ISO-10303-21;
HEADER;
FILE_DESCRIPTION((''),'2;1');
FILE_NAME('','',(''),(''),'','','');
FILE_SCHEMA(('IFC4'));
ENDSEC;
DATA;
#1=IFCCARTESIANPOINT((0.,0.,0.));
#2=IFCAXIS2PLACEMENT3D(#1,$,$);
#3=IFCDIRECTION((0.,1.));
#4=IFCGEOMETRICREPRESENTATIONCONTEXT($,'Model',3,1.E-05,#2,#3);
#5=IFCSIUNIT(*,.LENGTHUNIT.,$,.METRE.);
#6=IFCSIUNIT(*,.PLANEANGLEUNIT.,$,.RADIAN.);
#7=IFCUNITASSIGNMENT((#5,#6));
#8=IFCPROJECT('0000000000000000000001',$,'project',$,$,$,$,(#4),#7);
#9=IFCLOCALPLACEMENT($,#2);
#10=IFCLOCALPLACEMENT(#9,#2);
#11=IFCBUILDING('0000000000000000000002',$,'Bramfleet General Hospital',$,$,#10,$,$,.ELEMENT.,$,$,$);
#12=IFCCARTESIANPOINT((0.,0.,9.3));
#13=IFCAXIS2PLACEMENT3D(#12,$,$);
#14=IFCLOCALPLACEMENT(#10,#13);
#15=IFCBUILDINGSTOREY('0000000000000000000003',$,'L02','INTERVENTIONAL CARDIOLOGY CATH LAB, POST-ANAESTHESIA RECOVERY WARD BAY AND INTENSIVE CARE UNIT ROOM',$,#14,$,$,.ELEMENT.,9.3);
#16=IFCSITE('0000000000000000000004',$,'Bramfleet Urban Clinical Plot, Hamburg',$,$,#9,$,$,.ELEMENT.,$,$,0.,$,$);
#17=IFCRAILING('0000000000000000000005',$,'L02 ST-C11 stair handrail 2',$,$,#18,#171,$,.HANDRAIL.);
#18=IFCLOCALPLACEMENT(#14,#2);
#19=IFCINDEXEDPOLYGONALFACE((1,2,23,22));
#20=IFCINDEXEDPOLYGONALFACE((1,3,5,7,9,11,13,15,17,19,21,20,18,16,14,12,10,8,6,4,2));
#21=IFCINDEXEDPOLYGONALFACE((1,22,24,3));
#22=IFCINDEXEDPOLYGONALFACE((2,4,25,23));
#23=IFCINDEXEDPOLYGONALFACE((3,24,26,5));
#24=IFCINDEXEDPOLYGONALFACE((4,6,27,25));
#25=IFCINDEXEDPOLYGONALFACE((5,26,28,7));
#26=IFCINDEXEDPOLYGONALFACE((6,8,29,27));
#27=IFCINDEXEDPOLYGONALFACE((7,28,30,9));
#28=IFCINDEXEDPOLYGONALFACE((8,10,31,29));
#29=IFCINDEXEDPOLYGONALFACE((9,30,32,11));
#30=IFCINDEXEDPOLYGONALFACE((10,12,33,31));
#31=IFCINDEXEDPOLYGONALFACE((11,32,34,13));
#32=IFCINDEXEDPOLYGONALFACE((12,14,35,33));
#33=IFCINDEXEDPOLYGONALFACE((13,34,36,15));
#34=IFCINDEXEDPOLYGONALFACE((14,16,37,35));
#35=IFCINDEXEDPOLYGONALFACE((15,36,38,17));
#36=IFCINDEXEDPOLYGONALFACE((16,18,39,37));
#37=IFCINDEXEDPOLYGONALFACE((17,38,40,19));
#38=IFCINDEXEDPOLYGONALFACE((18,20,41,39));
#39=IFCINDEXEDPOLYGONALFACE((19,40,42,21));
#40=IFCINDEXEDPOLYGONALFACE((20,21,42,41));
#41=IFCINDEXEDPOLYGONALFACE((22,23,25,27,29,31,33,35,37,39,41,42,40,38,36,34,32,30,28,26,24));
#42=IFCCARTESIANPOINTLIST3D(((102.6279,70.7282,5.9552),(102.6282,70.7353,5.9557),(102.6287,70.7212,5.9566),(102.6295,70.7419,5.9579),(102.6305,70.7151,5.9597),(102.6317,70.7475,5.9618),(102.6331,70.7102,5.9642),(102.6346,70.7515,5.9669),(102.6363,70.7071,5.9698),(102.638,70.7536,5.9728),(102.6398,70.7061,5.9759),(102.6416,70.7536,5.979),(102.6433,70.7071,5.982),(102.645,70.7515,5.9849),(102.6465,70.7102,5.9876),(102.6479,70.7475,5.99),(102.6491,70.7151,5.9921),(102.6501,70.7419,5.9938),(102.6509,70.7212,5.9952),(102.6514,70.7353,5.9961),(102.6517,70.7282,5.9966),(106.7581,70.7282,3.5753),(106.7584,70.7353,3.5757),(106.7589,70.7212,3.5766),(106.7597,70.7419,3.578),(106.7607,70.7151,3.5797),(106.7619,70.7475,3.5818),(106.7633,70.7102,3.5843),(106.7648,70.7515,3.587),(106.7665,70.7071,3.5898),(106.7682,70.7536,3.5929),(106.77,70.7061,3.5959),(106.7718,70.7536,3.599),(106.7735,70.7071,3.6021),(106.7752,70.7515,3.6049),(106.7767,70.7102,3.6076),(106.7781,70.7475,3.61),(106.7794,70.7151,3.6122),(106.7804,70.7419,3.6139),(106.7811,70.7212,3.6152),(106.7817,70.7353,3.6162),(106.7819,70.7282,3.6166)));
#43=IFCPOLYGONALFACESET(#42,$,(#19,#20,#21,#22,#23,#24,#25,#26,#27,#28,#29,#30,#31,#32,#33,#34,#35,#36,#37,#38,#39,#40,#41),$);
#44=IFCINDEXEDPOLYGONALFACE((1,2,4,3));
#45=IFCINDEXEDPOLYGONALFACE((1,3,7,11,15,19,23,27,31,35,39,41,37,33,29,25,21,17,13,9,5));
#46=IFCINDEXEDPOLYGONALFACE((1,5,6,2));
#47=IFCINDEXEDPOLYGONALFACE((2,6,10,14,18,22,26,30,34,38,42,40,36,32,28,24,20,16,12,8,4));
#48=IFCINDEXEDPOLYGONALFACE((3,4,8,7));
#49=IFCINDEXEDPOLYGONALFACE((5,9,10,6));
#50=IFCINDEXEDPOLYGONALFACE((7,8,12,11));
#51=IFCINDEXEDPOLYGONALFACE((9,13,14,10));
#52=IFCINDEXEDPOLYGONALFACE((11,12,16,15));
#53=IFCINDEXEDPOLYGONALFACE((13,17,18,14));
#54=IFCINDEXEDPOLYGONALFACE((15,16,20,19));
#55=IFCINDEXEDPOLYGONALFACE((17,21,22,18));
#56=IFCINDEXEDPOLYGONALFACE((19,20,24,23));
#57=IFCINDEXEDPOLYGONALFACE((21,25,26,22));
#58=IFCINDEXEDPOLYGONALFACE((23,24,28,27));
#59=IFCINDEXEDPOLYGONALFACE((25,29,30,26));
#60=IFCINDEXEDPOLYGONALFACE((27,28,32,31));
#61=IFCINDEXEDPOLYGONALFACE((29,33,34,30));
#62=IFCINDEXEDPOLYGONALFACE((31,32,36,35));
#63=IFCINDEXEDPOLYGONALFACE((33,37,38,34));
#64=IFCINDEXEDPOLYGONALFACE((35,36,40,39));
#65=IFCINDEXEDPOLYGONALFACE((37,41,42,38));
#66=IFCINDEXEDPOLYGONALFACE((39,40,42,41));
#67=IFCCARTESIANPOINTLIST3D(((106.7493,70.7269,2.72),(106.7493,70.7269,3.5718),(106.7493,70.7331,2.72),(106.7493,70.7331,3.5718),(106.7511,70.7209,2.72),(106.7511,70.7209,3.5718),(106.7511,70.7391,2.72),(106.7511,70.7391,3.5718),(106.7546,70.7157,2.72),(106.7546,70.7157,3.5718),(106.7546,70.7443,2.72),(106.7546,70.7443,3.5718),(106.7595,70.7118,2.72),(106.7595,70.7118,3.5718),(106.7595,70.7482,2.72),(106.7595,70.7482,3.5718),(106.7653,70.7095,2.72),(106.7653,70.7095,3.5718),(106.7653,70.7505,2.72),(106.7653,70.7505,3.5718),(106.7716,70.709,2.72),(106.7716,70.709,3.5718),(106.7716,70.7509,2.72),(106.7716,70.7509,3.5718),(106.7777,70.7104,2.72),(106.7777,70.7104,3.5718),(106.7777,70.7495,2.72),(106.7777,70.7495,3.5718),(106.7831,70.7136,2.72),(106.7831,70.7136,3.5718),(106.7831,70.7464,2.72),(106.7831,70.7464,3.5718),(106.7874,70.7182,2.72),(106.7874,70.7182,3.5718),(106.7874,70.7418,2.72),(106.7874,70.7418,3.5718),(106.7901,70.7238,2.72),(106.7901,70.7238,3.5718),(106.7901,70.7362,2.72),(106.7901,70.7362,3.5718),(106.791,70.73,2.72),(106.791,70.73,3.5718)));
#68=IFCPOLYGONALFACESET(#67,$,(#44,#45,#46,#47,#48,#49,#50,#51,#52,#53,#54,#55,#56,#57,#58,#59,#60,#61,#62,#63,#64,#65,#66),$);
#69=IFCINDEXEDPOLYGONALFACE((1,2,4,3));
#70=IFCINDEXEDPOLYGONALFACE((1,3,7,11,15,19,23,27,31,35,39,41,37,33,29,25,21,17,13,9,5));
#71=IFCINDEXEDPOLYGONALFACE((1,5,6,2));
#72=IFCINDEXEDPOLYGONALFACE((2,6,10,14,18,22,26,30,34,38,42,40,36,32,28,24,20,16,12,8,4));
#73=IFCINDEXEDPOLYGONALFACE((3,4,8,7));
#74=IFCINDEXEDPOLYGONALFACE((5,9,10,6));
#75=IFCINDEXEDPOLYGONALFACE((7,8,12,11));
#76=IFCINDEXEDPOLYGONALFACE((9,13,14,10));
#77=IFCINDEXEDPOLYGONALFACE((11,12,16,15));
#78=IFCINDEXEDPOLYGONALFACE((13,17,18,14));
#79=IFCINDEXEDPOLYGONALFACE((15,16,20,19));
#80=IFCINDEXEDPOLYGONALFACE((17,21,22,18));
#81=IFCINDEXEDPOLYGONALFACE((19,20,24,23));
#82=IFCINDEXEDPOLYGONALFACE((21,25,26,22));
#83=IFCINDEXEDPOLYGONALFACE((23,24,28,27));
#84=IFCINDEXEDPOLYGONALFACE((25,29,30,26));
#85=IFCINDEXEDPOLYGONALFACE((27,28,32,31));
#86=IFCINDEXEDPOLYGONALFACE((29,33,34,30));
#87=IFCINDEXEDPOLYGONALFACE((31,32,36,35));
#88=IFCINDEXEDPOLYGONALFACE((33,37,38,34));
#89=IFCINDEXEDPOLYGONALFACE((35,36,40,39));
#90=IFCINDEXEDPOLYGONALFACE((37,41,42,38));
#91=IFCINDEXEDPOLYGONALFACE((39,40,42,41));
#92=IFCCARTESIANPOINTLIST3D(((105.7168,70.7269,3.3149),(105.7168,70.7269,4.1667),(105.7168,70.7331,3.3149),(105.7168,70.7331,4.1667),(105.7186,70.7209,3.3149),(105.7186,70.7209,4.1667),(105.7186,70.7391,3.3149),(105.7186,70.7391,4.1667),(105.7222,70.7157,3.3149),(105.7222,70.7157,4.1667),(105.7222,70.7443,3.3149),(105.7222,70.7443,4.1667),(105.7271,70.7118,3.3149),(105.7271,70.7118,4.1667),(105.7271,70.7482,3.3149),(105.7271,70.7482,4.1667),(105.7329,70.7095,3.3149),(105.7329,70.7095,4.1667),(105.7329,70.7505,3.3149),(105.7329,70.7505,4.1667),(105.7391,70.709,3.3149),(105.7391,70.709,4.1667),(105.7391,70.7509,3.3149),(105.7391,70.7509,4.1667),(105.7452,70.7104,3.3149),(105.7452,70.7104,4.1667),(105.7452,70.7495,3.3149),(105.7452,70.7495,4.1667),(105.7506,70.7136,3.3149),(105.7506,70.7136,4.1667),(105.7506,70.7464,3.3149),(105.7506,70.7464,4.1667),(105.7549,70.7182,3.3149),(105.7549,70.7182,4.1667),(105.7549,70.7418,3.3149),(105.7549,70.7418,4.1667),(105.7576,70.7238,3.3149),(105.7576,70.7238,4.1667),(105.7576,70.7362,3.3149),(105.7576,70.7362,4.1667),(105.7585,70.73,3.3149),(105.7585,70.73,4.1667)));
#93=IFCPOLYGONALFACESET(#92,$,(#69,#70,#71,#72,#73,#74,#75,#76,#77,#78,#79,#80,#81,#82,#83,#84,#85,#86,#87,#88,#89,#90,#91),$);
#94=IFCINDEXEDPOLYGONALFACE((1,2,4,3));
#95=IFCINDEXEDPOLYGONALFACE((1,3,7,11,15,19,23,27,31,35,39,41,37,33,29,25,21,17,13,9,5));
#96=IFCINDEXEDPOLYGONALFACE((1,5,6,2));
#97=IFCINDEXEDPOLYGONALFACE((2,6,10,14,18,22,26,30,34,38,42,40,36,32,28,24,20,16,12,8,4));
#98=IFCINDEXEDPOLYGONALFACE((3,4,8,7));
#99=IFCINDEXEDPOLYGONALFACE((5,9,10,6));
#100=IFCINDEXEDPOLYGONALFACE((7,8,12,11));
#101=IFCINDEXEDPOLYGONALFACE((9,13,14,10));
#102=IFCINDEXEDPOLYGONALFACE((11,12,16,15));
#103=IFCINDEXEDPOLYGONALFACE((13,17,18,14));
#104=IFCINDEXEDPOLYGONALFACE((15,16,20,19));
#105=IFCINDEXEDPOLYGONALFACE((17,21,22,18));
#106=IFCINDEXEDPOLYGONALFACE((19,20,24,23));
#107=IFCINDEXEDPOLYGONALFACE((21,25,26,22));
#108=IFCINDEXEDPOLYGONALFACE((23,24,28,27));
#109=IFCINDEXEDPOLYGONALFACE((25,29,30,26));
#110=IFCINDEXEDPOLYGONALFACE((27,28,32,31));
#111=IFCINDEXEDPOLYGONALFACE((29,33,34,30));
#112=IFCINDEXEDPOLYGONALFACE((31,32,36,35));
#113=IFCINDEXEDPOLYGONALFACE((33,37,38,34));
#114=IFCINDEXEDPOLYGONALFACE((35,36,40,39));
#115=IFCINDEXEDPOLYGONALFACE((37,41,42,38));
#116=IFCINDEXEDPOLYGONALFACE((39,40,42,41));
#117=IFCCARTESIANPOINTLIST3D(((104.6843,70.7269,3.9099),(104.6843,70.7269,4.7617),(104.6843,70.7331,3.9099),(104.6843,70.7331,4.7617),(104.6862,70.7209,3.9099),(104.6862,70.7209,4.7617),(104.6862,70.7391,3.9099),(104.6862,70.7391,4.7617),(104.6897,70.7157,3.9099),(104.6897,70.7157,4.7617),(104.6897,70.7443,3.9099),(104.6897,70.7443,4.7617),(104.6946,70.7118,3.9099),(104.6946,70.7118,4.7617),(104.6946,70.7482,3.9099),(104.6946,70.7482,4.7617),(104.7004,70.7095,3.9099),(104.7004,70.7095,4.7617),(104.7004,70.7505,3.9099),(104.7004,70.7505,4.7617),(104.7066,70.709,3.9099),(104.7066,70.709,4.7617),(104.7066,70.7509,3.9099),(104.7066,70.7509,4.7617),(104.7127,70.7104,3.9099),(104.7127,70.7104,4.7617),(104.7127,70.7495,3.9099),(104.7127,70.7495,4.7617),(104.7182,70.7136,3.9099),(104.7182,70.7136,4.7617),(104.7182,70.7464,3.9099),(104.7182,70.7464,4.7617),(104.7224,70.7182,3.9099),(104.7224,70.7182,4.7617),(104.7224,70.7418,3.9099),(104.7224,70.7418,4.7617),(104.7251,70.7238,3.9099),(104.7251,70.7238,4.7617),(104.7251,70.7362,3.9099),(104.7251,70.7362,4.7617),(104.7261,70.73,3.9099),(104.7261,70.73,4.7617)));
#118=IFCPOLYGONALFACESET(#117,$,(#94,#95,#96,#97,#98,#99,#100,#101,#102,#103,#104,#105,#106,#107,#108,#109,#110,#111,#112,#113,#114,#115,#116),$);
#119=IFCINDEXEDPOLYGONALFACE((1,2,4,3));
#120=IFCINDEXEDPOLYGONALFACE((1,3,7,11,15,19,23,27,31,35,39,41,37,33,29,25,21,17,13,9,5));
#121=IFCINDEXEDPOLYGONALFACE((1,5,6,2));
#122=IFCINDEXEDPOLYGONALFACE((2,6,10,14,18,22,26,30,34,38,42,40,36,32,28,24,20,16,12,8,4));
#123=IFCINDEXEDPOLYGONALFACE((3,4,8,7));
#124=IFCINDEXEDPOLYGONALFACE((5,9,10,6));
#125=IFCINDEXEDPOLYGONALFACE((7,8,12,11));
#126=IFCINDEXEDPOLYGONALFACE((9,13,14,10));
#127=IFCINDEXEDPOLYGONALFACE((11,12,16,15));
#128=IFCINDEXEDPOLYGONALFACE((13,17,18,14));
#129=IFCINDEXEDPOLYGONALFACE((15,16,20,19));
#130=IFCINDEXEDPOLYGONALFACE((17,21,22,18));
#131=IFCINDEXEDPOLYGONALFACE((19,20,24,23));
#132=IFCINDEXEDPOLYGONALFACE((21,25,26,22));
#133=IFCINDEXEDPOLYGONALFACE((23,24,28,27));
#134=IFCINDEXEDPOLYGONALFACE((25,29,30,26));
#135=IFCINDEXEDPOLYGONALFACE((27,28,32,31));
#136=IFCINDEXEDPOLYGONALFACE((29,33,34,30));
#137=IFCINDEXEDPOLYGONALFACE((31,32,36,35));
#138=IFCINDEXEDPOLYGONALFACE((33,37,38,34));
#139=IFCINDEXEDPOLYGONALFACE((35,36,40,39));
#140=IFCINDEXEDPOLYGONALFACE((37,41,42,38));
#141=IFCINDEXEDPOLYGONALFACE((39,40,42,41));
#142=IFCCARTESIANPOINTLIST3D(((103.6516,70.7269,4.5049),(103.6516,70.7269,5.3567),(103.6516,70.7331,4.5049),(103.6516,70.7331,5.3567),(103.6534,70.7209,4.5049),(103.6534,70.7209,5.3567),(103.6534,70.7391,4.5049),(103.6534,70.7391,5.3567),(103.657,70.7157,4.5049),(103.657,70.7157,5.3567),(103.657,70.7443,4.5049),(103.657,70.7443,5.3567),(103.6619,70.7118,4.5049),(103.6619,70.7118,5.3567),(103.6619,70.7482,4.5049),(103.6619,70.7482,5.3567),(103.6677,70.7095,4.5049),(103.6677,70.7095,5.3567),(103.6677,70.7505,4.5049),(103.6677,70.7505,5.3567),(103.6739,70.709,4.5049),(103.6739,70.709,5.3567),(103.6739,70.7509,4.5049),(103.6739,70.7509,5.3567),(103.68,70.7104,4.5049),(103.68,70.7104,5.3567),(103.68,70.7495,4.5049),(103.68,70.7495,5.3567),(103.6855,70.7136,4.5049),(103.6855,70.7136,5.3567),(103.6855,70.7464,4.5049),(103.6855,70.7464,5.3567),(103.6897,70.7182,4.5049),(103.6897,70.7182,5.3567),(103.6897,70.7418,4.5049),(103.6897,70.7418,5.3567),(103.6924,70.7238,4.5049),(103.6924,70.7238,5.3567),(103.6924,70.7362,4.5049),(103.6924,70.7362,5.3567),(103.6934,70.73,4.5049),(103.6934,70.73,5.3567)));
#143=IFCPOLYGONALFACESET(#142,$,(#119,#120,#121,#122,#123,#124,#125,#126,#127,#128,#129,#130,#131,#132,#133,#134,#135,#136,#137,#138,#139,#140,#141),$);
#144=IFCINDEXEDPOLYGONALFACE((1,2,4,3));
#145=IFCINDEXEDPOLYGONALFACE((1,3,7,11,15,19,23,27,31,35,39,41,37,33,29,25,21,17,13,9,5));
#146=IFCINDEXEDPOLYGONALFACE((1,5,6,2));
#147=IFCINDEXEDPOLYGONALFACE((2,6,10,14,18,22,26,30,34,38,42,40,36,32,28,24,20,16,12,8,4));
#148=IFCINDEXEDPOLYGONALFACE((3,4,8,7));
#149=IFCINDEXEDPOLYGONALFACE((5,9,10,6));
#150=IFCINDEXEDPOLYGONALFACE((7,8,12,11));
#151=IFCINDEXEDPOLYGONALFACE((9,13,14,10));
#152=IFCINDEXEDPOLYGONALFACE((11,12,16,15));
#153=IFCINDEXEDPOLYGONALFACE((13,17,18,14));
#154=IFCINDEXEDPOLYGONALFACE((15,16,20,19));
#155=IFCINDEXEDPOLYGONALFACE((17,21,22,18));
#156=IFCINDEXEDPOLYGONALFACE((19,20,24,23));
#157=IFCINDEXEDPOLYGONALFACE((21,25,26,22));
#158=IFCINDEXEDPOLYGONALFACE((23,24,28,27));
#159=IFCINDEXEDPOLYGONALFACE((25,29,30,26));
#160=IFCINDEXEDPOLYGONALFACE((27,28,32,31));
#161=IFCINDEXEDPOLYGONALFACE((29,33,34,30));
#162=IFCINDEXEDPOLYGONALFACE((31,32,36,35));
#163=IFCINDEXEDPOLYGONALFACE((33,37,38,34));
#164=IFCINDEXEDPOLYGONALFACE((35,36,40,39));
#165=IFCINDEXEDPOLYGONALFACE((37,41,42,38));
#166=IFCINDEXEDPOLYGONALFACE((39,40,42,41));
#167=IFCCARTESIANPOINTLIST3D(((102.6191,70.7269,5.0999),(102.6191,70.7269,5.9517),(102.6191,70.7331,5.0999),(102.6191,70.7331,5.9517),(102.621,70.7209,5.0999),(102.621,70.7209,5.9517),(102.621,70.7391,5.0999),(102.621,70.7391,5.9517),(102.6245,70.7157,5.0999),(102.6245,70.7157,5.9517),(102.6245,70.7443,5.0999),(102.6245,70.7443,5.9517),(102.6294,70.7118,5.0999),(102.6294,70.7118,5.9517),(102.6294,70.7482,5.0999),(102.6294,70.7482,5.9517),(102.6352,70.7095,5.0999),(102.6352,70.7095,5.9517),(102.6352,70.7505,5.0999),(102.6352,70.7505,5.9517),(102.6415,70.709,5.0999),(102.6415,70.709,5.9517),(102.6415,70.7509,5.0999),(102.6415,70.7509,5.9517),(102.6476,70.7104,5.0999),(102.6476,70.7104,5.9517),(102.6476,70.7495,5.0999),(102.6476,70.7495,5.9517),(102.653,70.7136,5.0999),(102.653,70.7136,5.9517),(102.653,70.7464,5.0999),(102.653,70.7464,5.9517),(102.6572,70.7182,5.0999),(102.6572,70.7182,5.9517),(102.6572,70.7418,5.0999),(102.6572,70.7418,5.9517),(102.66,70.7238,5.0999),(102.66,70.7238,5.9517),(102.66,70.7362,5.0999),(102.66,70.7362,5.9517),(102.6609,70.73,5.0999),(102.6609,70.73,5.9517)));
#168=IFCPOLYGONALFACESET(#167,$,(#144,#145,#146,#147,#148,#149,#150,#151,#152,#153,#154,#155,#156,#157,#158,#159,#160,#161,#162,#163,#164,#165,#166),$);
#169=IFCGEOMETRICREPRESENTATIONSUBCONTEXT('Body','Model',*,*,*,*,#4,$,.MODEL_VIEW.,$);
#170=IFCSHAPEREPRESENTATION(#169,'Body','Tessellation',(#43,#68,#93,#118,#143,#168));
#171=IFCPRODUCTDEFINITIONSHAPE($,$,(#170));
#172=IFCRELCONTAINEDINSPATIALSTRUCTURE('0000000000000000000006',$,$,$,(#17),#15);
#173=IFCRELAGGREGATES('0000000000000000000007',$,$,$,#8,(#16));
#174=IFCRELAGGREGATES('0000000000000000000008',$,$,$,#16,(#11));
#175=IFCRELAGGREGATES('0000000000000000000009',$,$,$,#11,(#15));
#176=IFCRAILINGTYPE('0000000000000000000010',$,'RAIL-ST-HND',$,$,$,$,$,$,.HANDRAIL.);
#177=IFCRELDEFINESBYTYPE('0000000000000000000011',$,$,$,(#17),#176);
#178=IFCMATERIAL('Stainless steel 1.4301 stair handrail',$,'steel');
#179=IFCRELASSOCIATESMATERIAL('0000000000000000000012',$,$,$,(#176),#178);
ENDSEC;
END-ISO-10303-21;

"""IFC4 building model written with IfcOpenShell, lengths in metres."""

from ifc_helpers import new_model, si_unit, direction, frame, origin, origin_2d, place, context, subcontext, project, spatial, circle, extrude, material, type_object, element, save


model = new_model("IFC4")

# Units and contexts
model_context = context("Model", 3, precision=1e-05, world=origin(), true_north=direction((0.0, 1.0)))
body_context = subcontext(model_context, "Body", "Model", "MODEL_VIEW")
ifc_project = project(units=[si_unit("LENGTHUNIT", "METRE"), si_unit("PLANEANGLEUNIT", "RADIAN")], contexts=[model_context])

# Site, building, storey
site_placement = place(None, origin())
site = spatial("IfcSite", under=ifc_project, at=site_placement, Name="Bramfleet Urban Clinical Plot, Hamburg", CompositionType="ELEMENT", RefElevation=0.0)
building_placement = place(site_placement, origin())
building = spatial("IfcBuilding", under=site, at=building_placement, Name="Bramfleet General Hospital", CompositionType="ELEMENT")
storey_placement = place(building_placement, frame((0.0, 0.0, 9.3)))
storey = spatial("IfcBuildingStorey", under=building, at=storey_placement, Name="L02", Description="INTERVENTIONAL CARDIOLOGY CATH LAB, POST-ANAESTHESIA RECOVERY WARD BAY AND INTENSIVE CARE UNIT ROOM", CompositionType="ELEMENT", Elevation=9.3)

# Railing
ifc_material_1 = material(Name="Stainless steel 1.4301 stair handrail", Category="steel")
railing_type_1 = type_object("IfcRailingType", Name="RAIL-ST-HND", PredefinedType="HANDRAIL", material=ifc_material_1)
railing_1_placement = place(storey_placement, frame((106.77, 70.73, 2.72)))
element("IfcRailing", 1, at=railing_1_placement, inside=storey, type_object=railing_type_1, Name="L02 ST-C11 stair handrail 2", PredefinedType="HANDRAIL", context=body_context, shape_type="SweptSolid", body=[
    extrude(circle(Radius=0.0239, at=origin_2d()), frame((0.0, 0.0, 0.876), z_axis=(-0.866447, 0.0, 0.499269), x_axis=(0.0, -1.0, 0.0)), (0.0, 0.0, 1.0), 4.7668),
    extrude(circle(Radius=0.021, at=origin_2d()), origin(), (0.0, 0.0, 1.0), 0.8518),
    extrude(circle(Radius=0.021, at=origin_2d()), frame((-1.0325, 0.0, 0.595)), (0.0, 0.0, 1.0), 0.8518),
    extrude(circle(Radius=0.021, at=origin_2d()), frame((-2.0649, 0.0, 1.1899)), (0.0, 0.0, 1.0), 0.8518),
    extrude(circle(Radius=0.021, at=origin_2d()), frame((-3.0977, 0.0, 1.7849)), (0.0, 0.0, 1.0), 0.8518),
    extrude(circle(Radius=0.021, at=origin_2d()), frame((-4.1301, 0.0, 2.3799)), (0.0, 0.0, 1.0), 0.8518),
])

save(model, "model.ifc")
